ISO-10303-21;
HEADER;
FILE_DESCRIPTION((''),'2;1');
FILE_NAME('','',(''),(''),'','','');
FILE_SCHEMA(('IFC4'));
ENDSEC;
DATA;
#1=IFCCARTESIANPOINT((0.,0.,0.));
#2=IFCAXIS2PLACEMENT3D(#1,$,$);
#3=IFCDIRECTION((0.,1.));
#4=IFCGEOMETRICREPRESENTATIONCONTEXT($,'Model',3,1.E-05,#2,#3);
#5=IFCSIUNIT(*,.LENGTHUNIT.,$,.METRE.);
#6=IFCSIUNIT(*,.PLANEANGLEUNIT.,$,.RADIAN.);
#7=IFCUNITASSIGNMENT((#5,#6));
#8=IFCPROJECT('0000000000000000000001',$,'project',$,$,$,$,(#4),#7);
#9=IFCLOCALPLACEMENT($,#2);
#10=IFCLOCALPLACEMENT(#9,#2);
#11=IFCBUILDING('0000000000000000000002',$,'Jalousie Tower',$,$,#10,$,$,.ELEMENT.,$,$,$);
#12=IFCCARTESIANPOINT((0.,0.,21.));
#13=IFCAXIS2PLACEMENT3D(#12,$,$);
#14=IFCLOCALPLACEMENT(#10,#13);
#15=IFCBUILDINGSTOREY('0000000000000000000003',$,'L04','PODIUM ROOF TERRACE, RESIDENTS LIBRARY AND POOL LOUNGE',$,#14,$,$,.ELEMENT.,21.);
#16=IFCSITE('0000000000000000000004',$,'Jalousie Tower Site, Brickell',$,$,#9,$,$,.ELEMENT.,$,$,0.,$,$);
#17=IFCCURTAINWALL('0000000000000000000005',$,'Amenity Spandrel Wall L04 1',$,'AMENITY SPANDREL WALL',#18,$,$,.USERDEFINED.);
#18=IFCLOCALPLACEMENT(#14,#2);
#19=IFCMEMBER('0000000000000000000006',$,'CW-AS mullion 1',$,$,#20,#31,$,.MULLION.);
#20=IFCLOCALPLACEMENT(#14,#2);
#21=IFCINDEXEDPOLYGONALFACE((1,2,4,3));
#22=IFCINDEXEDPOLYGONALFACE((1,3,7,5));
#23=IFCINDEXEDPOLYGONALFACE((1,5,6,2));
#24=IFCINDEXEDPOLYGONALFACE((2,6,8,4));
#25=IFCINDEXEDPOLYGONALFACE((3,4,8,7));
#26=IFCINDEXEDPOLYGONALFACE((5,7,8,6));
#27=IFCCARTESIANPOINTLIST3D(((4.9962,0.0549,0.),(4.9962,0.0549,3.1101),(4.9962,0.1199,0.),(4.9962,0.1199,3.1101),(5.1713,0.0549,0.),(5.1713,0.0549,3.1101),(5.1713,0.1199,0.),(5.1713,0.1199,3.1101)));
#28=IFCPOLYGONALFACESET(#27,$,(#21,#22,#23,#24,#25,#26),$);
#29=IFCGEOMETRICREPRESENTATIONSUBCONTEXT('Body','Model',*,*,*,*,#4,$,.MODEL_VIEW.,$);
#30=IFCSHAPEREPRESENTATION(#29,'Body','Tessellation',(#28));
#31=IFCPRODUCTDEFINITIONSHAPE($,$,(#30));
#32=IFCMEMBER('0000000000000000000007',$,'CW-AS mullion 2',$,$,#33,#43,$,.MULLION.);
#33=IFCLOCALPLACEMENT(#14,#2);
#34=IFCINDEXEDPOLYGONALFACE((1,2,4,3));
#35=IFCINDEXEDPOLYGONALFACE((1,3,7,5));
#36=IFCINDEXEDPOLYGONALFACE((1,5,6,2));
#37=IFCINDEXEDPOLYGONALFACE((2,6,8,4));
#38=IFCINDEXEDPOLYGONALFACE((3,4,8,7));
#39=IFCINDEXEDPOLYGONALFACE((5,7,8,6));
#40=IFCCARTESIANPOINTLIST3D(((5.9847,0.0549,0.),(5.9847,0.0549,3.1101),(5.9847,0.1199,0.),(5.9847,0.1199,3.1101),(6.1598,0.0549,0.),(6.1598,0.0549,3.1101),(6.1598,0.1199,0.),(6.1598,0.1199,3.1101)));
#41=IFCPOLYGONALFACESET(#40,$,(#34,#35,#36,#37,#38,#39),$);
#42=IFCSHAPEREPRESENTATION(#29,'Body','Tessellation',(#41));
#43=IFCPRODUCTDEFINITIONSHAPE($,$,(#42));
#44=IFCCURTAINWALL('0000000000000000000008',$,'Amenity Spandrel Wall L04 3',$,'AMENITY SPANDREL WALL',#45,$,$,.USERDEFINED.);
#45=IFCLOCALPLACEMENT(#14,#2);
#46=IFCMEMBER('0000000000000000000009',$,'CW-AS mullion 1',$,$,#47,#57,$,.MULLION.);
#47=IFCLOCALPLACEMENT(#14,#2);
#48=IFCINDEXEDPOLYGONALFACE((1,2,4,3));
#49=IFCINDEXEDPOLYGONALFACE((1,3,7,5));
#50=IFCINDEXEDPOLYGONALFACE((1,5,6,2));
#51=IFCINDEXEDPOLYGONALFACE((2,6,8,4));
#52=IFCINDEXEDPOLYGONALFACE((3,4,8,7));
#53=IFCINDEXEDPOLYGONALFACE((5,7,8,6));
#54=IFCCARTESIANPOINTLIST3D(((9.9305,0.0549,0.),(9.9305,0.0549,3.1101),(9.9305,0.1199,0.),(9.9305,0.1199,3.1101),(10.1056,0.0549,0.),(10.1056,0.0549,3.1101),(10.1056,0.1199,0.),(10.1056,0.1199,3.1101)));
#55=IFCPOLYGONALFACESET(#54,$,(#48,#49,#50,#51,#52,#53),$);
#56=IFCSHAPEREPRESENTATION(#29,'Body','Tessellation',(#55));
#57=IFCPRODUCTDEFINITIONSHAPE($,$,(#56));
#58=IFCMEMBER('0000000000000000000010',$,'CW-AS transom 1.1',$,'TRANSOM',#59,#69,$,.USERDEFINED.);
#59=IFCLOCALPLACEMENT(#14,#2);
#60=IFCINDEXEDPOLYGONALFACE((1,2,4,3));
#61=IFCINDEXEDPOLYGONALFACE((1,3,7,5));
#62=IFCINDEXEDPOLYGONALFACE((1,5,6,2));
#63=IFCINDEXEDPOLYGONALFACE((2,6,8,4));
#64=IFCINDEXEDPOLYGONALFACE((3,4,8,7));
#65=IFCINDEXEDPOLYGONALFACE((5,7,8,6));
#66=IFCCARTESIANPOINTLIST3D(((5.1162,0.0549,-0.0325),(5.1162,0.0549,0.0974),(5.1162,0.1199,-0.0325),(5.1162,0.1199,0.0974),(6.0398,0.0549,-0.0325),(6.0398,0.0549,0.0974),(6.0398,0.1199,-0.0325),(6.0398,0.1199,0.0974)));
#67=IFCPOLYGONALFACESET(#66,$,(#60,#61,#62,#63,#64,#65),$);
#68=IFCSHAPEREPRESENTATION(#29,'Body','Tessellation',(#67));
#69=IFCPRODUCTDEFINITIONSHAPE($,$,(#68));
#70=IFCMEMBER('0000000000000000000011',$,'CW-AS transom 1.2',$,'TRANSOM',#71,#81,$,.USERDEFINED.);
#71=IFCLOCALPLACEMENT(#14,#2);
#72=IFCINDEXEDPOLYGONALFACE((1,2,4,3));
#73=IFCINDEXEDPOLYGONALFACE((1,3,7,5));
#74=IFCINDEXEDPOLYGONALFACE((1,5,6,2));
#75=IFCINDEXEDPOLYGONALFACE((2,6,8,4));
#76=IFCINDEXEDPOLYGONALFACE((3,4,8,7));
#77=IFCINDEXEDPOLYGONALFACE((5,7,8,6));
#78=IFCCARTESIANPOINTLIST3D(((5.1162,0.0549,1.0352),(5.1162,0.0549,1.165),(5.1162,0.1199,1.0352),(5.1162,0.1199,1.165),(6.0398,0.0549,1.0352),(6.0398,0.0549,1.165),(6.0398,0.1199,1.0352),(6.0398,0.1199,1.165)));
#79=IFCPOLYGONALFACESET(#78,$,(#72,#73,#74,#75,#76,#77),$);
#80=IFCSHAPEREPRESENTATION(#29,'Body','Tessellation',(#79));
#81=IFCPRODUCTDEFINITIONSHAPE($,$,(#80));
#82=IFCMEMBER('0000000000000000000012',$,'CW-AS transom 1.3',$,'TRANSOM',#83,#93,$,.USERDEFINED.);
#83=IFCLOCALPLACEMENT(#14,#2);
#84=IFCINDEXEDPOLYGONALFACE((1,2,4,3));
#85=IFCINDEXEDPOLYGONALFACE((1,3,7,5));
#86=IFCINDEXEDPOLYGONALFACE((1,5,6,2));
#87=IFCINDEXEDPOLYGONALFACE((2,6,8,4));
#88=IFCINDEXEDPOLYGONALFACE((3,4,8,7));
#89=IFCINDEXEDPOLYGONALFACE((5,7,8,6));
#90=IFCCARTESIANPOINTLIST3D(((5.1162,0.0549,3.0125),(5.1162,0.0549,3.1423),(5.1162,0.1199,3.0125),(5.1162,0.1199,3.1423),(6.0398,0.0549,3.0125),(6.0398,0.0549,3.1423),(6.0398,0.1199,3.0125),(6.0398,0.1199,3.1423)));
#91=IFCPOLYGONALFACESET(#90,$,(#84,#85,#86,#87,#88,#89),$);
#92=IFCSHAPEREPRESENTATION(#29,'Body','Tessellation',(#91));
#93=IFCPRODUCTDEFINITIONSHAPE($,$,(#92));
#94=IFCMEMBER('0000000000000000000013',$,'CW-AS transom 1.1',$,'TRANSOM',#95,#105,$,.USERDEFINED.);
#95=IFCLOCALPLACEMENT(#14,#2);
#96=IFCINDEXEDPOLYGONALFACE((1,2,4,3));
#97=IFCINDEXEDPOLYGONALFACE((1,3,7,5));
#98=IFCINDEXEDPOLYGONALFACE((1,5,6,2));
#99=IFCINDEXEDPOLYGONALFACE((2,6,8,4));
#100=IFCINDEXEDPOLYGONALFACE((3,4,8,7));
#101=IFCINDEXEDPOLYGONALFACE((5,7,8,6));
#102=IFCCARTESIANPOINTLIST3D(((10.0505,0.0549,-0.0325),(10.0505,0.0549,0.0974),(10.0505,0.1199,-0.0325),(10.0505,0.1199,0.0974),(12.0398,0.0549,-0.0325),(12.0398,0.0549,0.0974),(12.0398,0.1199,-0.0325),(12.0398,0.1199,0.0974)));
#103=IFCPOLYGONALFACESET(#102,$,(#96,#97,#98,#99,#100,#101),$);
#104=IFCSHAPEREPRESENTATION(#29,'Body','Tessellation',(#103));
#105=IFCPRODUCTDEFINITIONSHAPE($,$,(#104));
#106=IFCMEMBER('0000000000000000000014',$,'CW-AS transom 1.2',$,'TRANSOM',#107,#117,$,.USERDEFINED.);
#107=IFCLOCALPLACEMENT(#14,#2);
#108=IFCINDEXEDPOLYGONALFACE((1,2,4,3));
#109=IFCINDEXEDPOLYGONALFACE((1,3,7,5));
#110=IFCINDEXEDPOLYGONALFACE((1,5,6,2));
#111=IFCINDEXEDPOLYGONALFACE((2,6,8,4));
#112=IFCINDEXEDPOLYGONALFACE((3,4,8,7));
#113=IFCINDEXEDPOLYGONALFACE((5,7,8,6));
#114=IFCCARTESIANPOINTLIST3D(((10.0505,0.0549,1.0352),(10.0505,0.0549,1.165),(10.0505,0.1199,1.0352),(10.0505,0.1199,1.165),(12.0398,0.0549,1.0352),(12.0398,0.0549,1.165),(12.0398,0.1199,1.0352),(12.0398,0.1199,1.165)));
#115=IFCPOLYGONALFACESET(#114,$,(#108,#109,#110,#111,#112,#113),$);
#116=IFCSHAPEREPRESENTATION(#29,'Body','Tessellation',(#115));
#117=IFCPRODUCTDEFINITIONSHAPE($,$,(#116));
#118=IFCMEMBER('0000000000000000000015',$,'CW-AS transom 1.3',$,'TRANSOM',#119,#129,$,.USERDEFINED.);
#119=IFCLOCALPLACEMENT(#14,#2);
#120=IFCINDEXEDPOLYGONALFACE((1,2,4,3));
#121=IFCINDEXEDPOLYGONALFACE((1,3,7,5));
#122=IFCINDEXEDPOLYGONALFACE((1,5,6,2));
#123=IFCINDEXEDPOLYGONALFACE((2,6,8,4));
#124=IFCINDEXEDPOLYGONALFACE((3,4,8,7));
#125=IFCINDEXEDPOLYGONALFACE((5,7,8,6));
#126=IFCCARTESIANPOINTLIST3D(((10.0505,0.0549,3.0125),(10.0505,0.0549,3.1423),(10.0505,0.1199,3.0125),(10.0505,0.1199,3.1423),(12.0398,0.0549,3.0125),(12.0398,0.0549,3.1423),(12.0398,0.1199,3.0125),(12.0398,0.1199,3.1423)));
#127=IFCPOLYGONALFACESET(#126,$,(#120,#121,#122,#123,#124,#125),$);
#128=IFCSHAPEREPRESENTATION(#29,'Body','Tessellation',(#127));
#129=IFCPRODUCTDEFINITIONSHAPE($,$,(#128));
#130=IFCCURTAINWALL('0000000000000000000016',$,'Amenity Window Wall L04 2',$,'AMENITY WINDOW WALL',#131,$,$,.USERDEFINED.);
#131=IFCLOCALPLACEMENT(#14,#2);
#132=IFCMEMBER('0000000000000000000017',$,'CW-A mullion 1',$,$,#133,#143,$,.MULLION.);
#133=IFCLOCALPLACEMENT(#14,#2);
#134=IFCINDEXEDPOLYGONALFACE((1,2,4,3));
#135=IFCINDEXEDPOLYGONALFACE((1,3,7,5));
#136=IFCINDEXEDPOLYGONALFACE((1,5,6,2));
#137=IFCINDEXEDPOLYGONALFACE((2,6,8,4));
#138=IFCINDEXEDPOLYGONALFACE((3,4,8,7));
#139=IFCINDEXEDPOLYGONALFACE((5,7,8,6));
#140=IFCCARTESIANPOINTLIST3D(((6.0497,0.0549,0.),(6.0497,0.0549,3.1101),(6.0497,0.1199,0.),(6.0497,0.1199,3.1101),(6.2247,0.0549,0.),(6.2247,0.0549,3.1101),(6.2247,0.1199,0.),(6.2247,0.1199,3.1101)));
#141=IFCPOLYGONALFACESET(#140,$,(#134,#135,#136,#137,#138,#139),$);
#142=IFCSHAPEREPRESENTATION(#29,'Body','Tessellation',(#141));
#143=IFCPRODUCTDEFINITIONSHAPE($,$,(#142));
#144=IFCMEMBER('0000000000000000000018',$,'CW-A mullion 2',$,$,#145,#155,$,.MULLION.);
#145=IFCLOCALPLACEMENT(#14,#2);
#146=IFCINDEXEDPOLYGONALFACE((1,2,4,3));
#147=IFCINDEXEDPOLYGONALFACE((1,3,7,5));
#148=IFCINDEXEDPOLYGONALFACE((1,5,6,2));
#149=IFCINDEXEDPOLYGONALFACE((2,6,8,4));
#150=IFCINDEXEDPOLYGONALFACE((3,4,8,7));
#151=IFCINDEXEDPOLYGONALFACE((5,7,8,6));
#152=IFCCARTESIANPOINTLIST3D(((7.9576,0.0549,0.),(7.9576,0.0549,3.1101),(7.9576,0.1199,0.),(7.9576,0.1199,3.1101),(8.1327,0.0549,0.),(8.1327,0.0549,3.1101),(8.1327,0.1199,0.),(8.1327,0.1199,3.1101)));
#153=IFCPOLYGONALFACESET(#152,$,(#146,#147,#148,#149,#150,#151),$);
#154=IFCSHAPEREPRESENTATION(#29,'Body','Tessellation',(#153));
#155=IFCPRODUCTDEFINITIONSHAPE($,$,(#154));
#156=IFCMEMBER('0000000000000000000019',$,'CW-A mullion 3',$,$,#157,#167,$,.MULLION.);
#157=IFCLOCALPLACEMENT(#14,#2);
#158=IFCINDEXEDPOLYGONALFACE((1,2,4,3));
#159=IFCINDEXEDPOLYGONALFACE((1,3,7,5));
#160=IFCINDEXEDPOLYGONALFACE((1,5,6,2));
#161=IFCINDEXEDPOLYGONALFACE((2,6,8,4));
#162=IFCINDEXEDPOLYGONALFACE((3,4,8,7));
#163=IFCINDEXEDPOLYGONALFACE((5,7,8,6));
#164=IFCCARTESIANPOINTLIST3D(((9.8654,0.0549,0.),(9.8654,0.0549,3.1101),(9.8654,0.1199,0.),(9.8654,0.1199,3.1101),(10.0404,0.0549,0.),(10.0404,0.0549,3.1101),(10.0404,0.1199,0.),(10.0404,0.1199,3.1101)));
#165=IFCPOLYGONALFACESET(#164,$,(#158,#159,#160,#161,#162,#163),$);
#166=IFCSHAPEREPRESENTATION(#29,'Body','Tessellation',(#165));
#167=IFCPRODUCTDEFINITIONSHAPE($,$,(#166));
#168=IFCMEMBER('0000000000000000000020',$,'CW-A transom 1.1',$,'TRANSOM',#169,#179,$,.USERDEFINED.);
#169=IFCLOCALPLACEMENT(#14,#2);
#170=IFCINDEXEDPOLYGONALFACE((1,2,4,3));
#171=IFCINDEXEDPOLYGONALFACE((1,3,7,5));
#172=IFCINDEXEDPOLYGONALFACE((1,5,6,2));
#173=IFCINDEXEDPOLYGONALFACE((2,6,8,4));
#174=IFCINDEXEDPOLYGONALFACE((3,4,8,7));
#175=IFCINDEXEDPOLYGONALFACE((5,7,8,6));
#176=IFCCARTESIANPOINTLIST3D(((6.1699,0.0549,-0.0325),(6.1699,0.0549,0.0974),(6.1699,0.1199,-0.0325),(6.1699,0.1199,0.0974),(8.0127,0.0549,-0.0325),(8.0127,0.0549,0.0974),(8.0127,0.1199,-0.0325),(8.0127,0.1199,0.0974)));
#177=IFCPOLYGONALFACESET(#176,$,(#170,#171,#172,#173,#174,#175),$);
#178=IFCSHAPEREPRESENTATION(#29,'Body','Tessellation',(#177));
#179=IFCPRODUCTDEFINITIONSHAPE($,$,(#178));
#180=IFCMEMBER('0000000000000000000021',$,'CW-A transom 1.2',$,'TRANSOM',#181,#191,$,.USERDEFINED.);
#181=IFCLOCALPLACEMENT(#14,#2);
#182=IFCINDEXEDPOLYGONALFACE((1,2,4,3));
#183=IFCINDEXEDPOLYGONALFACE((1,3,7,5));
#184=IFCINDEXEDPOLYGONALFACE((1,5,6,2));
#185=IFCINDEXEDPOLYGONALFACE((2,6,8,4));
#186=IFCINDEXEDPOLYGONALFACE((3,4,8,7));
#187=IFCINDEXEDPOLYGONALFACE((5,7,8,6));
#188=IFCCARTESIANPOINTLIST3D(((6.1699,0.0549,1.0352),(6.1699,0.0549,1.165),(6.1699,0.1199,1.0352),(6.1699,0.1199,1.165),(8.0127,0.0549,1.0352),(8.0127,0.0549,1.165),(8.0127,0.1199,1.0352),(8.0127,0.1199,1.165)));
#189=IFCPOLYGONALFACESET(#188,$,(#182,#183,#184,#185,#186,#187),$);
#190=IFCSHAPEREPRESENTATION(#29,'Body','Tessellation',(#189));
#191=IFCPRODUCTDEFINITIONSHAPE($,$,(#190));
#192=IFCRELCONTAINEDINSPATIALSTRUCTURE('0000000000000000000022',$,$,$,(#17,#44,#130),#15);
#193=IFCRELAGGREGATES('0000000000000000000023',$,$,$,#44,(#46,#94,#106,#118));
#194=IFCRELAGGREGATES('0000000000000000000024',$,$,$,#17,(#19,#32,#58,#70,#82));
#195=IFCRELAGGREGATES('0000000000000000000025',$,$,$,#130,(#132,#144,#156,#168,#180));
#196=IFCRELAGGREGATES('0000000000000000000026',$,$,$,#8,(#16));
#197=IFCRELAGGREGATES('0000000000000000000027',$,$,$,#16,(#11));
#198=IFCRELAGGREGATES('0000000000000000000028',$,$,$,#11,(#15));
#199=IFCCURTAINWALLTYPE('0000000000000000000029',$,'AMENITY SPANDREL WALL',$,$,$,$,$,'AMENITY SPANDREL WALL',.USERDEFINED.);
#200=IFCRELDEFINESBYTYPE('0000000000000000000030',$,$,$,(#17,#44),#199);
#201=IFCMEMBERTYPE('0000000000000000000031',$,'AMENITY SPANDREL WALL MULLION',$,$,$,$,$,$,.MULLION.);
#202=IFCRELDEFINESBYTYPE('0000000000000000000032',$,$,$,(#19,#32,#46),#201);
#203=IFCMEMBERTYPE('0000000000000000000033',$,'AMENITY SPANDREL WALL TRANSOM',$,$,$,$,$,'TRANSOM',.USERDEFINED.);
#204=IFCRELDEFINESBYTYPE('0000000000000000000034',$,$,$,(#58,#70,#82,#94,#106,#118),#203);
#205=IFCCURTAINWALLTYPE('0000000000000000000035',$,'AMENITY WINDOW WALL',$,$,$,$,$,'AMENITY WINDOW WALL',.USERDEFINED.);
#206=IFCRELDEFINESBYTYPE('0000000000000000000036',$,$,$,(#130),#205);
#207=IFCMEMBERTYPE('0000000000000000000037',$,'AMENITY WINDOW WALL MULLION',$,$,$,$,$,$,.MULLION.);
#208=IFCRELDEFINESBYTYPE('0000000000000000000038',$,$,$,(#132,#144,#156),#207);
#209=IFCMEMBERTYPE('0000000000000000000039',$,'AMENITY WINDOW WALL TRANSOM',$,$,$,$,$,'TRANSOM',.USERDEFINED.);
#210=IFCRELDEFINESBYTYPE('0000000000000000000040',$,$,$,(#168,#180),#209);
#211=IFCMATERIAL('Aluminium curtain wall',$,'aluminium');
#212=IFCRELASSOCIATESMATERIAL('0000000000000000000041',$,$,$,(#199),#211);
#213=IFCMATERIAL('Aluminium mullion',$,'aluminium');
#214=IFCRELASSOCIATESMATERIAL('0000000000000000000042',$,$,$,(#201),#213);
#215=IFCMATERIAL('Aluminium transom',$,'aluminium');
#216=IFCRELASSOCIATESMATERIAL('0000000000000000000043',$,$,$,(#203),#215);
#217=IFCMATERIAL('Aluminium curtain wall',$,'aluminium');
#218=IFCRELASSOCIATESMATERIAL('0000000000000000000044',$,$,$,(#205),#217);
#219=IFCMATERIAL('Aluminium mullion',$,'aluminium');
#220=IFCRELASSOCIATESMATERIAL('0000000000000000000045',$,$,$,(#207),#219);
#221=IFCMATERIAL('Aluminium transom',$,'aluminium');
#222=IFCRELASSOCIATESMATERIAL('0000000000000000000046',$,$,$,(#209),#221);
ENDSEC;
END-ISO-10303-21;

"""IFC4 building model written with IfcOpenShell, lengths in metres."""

from ifc_helpers import new_model, si_unit, direction, frame, origin, origin_2d, place, context, subcontext, project, spatial, rectangle, extrude, material, material_profile, profile_set, type_object, element, aggregate, save


model = new_model("IFC4")

# Units and contexts
model_context = context("Model", 3, precision=1e-05, world=origin(), true_north=direction((0.0, 1.0)))
body_context = subcontext(model_context, "Body", "Model", "MODEL_VIEW")
ifc_project = project(units=[si_unit("LENGTHUNIT", "METRE"), si_unit("PLANEANGLEUNIT", "RADIAN")], contexts=[model_context])

# Site, building, storey
site_placement = place(None, origin())
site = spatial("IfcSite", under=ifc_project, at=site_placement, Name="Jalousie Tower Site, Brickell", CompositionType="ELEMENT", RefElevation=0.0)
building_placement = place(site_placement, origin())
building = spatial("IfcBuilding", under=site, at=building_placement, Name="Jalousie Tower", CompositionType="ELEMENT")
storey_placement = place(building_placement, frame((0.0, 0.0, 21.0)))
storey = spatial("IfcBuildingStorey", under=building, at=storey_placement, Name="L04", Description="PODIUM ROOF TERRACE, RESIDENTS LIBRARY AND POOL LOUNGE", CompositionType="ELEMENT", Elevation=21.0)

# Curtain wall, members
ifc_material_1 = material(Name="Aluminium curtain wall", Category="aluminium")
curtain_wall_type_1 = type_object("IfcCurtainWallType", Name="AMENITY SPANDREL WALL", ElementType="AMENITY SPANDREL WALL", PredefinedType="USERDEFINED", material=ifc_material_1)
curtain_wall_1_placement = place(storey_placement, origin())
curtain_wall_1 = element("IfcCurtainWall", 1, at=curtain_wall_1_placement, inside=storey, type_object=curtain_wall_type_1, Name="Amenity Spandrel Wall L04 1", ObjectType="AMENITY SPANDREL WALL", PredefinedType="USERDEFINED")
ifc_material_2 = material(Name="Aluminium mullion", Category="aluminium")
ifc_material_profile_1 = material_profile(ifc_material_2, rectangle(XDim=0.0649, YDim=0.175, at=origin_2d()), Name="MULLION 65x175")
ifc_profile_set_1 = profile_set([ifc_material_profile_1], Name="Aluminium mullion")
member_type_1 = type_object("IfcMemberType", Name="AMENITY SPANDREL WALL MULLION", PredefinedType="MULLION", material=ifc_profile_set_1)
member_1_placement = place(storey_placement, frame((5.0837, 0.0874, 0.0), z_axis=(0.0, 0.0, 1.0), x_axis=(0.0, 1.0, 0.0)))
member_1 = element("IfcMember", 2, at=member_1_placement, type_object=member_type_1, Name="CW-AS mullion 1", PredefinedType="MULLION", context=body_context, shape_type="SweptSolid", body=[
    extrude(rectangle(XDim=0.0649, YDim=0.175, at=origin_2d()), origin(), (0.0, 0.0, 1.0), 3.1101),
])
member_2_placement = place(storey_placement, frame((6.0723, 0.0874, 0.0), z_axis=(0.0, 0.0, 1.0), x_axis=(0.0, 1.0, 0.0)))
member_2 = element("IfcMember", 3, at=member_2_placement, type_object=member_type_1, Name="CW-AS mullion 2", PredefinedType="MULLION", context=body_context, shape_type="SweptSolid", body=[
    extrude(rectangle(XDim=0.0649, YDim=0.175, at=origin_2d()), origin(), (0.0, 0.0, 1.0), 3.1101),
])

# Curtain wall, member
curtain_wall_2_placement = place(storey_placement, origin())
curtain_wall_2 = element("IfcCurtainWall", 4, at=curtain_wall_2_placement, inside=storey, type_object=curtain_wall_type_1, Name="Amenity Spandrel Wall L04 3", ObjectType="AMENITY SPANDREL WALL", PredefinedType="USERDEFINED")
member_3_placement = place(storey_placement, frame((10.0181, 0.0874, 0.0), z_axis=(0.0, 0.0, 1.0), x_axis=(0.0, 1.0, 0.0)))
member_3 = element("IfcMember", 5, at=member_3_placement, type_object=member_type_1, Name="CW-AS mullion 1", PredefinedType="MULLION", context=body_context, shape_type="SweptSolid", body=[
    extrude(rectangle(XDim=0.0649, YDim=0.175, at=origin_2d()), origin(), (0.0, 0.0, 1.0), 3.1101),
])

# Members
ifc_material_3 = material(Name="Aluminium transom", Category="aluminium")
ifc_material_profile_2 = material_profile(ifc_material_3, rectangle(XDim=0.0649, YDim=0.1299, at=origin_2d()), Name="TRANSOM 65x130")
ifc_profile_set_2 = profile_set([ifc_material_profile_2], Name="Aluminium transom")
member_type_2 = type_object("IfcMemberType", Name="AMENITY SPANDREL WALL TRANSOM", ElementType="TRANSOM", PredefinedType="USERDEFINED", material=ifc_profile_set_2)
member_4_placement = place(storey_placement, frame((5.1162, 0.0874, 0.0325), z_axis=(1.0, 0.0, 0.0), x_axis=(0.0, 1.0, 0.0)))
member_4 = element("IfcMember", 6, at=member_4_placement, type_object=member_type_2, Name="CW-AS transom 1.1", ObjectType="TRANSOM", PredefinedType="USERDEFINED", context=body_context, shape_type="SweptSolid", body=[
    extrude(rectangle(XDim=0.0649, YDim=0.1299, at=origin_2d()), origin(), (0.0, 0.0, 1.0), 0.9236),
])
member_5_placement = place(storey_placement, frame((5.1162, 0.0874, 1.1001), z_axis=(1.0, 0.0, 0.0), x_axis=(0.0, 1.0, 0.0)))
member_5 = element("IfcMember", 7, at=member_5_placement, type_object=member_type_2, Name="CW-AS transom 1.2", ObjectType="TRANSOM", PredefinedType="USERDEFINED", context=body_context, shape_type="SweptSolid", body=[
    extrude(rectangle(XDim=0.0649, YDim=0.1299, at=origin_2d()), origin(), (0.0, 0.0, 1.0), 0.9236),
])
member_6_placement = place(storey_placement, frame((5.1162, 0.0874, 3.0774), z_axis=(1.0, 0.0, 0.0), x_axis=(0.0, 1.0, 0.0)))
member_6 = element("IfcMember", 8, at=member_6_placement, type_object=member_type_2, Name="CW-AS transom 1.3", ObjectType="TRANSOM", PredefinedType="USERDEFINED", context=body_context, shape_type="SweptSolid", body=[
    extrude(rectangle(XDim=0.0649, YDim=0.1299, at=origin_2d()), origin(), (0.0, 0.0, 1.0), 0.9236),
])
member_7_placement = place(storey_placement, frame((10.0505, 0.0874, 0.0325), z_axis=(1.0, 0.0, 0.0), x_axis=(0.0, 1.0, 0.0)))
member_7 = element("IfcMember", 9, at=member_7_placement, type_object=member_type_2, Name="CW-AS transom 1.1", ObjectType="TRANSOM", PredefinedType="USERDEFINED", context=body_context, shape_type="SweptSolid", body=[
    extrude(rectangle(XDim=0.0649, YDim=0.1299, at=origin_2d()), origin(), (0.0, 0.0, 1.0), 1.9893),
])
member_8_placement = place(storey_placement, frame((10.0505, 0.0874, 1.1001), z_axis=(1.0, 0.0, 0.0), x_axis=(0.0, 1.0, 0.0)))
member_8 = element("IfcMember", 10, at=member_8_placement, type_object=member_type_2, Name="CW-AS transom 1.2", ObjectType="TRANSOM", PredefinedType="USERDEFINED", context=body_context, shape_type="SweptSolid", body=[
    extrude(rectangle(XDim=0.0649, YDim=0.1299, at=origin_2d()), origin(), (0.0, 0.0, 1.0), 1.9893),
])
member_9_placement = place(storey_placement, frame((10.0505, 0.0874, 3.0774), z_axis=(1.0, 0.0, 0.0), x_axis=(0.0, 1.0, 0.0)))
member_9 = element("IfcMember", 11, at=member_9_placement, type_object=member_type_2, Name="CW-AS transom 1.3", ObjectType="TRANSOM", PredefinedType="USERDEFINED", context=body_context, shape_type="SweptSolid", body=[
    extrude(rectangle(XDim=0.0649, YDim=0.1299, at=origin_2d()), origin(), (0.0, 0.0, 1.0), 1.9893),
])
aggregate(curtain_wall_2, [member_3, member_7, member_8, member_9])

# Curtain wall, members
ifc_material_4 = material(Name="Aluminium curtain wall", Category="aluminium")
curtain_wall_type_2 = type_object("IfcCurtainWallType", Name="AMENITY WINDOW WALL", ElementType="AMENITY WINDOW WALL", PredefinedType="USERDEFINED", material=ifc_material_4)
curtain_wall_3_placement = place(storey_placement, origin())
curtain_wall_3 = element("IfcCurtainWall", 12, at=curtain_wall_3_placement, inside=storey, type_object=curtain_wall_type_2, Name="Amenity Window Wall L04 2", ObjectType="AMENITY WINDOW WALL", PredefinedType="USERDEFINED")
ifc_material_5 = material(Name="Aluminium mullion", Category="aluminium")
ifc_material_profile_3 = material_profile(ifc_material_5, rectangle(XDim=0.0649, YDim=0.175, at=origin_2d()), Name="MULLION 65x175")
ifc_profile_set_3 = profile_set([ifc_material_profile_3], Name="Aluminium mullion")
member_type_3 = type_object("IfcMemberType", Name="AMENITY WINDOW WALL MULLION", PredefinedType="MULLION", material=ifc_profile_set_3)
member_10_placement = place(storey_placement, frame((6.1372, 0.0874, 0.0), z_axis=(0.0, 0.0, 1.0), x_axis=(0.0, 1.0, 0.0)))
member_10 = element("IfcMember", 13, at=member_10_placement, type_object=member_type_3, Name="CW-A mullion 1", PredefinedType="MULLION", context=body_context, shape_type="SweptSolid", body=[
    extrude(rectangle(XDim=0.0649, YDim=0.175, at=origin_2d()), origin(), (0.0, 0.0, 1.0), 3.1101),
])
member_11_placement = place(storey_placement, frame((8.0452, 0.0874, 0.0), z_axis=(0.0, 0.0, 1.0), x_axis=(0.0, 1.0, 0.0)))
member_11 = element("IfcMember", 14, at=member_11_placement, type_object=member_type_3, Name="CW-A mullion 2", PredefinedType="MULLION", context=body_context, shape_type="SweptSolid", body=[
    extrude(rectangle(XDim=0.0649, YDim=0.175, at=origin_2d()), origin(), (0.0, 0.0, 1.0), 3.1101),
])
member_12_placement = place(storey_placement, frame((9.9529, 0.0874, 0.0), z_axis=(0.0, 0.0, 1.0), x_axis=(0.0, 1.0, 0.0)))
member_12 = element("IfcMember", 15, at=member_12_placement, type_object=member_type_3, Name="CW-A mullion 3", PredefinedType="MULLION", context=body_context, shape_type="SweptSolid", body=[
    extrude(rectangle(XDim=0.0649, YDim=0.175, at=origin_2d()), origin(), (0.0, 0.0, 1.0), 3.1101),
])
ifc_material_6 = material(Name="Aluminium transom", Category="aluminium")
ifc_material_profile_4 = material_profile(ifc_material_6, rectangle(XDim=0.0649, YDim=0.1299, at=origin_2d()), Name="TRANSOM 65x130")
ifc_profile_set_4 = profile_set([ifc_material_profile_4], Name="Aluminium transom")
member_type_4 = type_object("IfcMemberType", Name="AMENITY WINDOW WALL TRANSOM", ElementType="TRANSOM", PredefinedType="USERDEFINED", material=ifc_profile_set_4)
member_13_placement = place(storey_placement, frame((6.1699, 0.0874, 0.0325), z_axis=(1.0, 0.0, 0.0), x_axis=(0.0, 1.0, 0.0)))
member_13 = element("IfcMember", 16, at=member_13_placement, type_object=member_type_4, Name="CW-A transom 1.1", ObjectType="TRANSOM", PredefinedType="USERDEFINED", context=body_context, shape_type="SweptSolid", body=[
    extrude(rectangle(XDim=0.0649, YDim=0.1299, at=origin_2d()), origin(), (0.0, 0.0, 1.0), 1.8428),
])
member_14_placement = place(storey_placement, frame((6.1699, 0.0874, 1.1001), z_axis=(1.0, 0.0, 0.0), x_axis=(0.0, 1.0, 0.0)))
member_14 = element("IfcMember", 17, at=member_14_placement, type_object=member_type_4, Name="CW-A transom 1.2", ObjectType="TRANSOM", PredefinedType="USERDEFINED", context=body_context, shape_type="SweptSolid", body=[
    extrude(rectangle(XDim=0.0649, YDim=0.1299, at=origin_2d()), origin(), (0.0, 0.0, 1.0), 1.8428),
])

aggregate(curtain_wall_1, [member_1, member_2, member_4, member_5, member_6])
aggregate(curtain_wall_3, [member_10, member_11, member_12, member_13, member_14])

save(model, "model.ifc")
